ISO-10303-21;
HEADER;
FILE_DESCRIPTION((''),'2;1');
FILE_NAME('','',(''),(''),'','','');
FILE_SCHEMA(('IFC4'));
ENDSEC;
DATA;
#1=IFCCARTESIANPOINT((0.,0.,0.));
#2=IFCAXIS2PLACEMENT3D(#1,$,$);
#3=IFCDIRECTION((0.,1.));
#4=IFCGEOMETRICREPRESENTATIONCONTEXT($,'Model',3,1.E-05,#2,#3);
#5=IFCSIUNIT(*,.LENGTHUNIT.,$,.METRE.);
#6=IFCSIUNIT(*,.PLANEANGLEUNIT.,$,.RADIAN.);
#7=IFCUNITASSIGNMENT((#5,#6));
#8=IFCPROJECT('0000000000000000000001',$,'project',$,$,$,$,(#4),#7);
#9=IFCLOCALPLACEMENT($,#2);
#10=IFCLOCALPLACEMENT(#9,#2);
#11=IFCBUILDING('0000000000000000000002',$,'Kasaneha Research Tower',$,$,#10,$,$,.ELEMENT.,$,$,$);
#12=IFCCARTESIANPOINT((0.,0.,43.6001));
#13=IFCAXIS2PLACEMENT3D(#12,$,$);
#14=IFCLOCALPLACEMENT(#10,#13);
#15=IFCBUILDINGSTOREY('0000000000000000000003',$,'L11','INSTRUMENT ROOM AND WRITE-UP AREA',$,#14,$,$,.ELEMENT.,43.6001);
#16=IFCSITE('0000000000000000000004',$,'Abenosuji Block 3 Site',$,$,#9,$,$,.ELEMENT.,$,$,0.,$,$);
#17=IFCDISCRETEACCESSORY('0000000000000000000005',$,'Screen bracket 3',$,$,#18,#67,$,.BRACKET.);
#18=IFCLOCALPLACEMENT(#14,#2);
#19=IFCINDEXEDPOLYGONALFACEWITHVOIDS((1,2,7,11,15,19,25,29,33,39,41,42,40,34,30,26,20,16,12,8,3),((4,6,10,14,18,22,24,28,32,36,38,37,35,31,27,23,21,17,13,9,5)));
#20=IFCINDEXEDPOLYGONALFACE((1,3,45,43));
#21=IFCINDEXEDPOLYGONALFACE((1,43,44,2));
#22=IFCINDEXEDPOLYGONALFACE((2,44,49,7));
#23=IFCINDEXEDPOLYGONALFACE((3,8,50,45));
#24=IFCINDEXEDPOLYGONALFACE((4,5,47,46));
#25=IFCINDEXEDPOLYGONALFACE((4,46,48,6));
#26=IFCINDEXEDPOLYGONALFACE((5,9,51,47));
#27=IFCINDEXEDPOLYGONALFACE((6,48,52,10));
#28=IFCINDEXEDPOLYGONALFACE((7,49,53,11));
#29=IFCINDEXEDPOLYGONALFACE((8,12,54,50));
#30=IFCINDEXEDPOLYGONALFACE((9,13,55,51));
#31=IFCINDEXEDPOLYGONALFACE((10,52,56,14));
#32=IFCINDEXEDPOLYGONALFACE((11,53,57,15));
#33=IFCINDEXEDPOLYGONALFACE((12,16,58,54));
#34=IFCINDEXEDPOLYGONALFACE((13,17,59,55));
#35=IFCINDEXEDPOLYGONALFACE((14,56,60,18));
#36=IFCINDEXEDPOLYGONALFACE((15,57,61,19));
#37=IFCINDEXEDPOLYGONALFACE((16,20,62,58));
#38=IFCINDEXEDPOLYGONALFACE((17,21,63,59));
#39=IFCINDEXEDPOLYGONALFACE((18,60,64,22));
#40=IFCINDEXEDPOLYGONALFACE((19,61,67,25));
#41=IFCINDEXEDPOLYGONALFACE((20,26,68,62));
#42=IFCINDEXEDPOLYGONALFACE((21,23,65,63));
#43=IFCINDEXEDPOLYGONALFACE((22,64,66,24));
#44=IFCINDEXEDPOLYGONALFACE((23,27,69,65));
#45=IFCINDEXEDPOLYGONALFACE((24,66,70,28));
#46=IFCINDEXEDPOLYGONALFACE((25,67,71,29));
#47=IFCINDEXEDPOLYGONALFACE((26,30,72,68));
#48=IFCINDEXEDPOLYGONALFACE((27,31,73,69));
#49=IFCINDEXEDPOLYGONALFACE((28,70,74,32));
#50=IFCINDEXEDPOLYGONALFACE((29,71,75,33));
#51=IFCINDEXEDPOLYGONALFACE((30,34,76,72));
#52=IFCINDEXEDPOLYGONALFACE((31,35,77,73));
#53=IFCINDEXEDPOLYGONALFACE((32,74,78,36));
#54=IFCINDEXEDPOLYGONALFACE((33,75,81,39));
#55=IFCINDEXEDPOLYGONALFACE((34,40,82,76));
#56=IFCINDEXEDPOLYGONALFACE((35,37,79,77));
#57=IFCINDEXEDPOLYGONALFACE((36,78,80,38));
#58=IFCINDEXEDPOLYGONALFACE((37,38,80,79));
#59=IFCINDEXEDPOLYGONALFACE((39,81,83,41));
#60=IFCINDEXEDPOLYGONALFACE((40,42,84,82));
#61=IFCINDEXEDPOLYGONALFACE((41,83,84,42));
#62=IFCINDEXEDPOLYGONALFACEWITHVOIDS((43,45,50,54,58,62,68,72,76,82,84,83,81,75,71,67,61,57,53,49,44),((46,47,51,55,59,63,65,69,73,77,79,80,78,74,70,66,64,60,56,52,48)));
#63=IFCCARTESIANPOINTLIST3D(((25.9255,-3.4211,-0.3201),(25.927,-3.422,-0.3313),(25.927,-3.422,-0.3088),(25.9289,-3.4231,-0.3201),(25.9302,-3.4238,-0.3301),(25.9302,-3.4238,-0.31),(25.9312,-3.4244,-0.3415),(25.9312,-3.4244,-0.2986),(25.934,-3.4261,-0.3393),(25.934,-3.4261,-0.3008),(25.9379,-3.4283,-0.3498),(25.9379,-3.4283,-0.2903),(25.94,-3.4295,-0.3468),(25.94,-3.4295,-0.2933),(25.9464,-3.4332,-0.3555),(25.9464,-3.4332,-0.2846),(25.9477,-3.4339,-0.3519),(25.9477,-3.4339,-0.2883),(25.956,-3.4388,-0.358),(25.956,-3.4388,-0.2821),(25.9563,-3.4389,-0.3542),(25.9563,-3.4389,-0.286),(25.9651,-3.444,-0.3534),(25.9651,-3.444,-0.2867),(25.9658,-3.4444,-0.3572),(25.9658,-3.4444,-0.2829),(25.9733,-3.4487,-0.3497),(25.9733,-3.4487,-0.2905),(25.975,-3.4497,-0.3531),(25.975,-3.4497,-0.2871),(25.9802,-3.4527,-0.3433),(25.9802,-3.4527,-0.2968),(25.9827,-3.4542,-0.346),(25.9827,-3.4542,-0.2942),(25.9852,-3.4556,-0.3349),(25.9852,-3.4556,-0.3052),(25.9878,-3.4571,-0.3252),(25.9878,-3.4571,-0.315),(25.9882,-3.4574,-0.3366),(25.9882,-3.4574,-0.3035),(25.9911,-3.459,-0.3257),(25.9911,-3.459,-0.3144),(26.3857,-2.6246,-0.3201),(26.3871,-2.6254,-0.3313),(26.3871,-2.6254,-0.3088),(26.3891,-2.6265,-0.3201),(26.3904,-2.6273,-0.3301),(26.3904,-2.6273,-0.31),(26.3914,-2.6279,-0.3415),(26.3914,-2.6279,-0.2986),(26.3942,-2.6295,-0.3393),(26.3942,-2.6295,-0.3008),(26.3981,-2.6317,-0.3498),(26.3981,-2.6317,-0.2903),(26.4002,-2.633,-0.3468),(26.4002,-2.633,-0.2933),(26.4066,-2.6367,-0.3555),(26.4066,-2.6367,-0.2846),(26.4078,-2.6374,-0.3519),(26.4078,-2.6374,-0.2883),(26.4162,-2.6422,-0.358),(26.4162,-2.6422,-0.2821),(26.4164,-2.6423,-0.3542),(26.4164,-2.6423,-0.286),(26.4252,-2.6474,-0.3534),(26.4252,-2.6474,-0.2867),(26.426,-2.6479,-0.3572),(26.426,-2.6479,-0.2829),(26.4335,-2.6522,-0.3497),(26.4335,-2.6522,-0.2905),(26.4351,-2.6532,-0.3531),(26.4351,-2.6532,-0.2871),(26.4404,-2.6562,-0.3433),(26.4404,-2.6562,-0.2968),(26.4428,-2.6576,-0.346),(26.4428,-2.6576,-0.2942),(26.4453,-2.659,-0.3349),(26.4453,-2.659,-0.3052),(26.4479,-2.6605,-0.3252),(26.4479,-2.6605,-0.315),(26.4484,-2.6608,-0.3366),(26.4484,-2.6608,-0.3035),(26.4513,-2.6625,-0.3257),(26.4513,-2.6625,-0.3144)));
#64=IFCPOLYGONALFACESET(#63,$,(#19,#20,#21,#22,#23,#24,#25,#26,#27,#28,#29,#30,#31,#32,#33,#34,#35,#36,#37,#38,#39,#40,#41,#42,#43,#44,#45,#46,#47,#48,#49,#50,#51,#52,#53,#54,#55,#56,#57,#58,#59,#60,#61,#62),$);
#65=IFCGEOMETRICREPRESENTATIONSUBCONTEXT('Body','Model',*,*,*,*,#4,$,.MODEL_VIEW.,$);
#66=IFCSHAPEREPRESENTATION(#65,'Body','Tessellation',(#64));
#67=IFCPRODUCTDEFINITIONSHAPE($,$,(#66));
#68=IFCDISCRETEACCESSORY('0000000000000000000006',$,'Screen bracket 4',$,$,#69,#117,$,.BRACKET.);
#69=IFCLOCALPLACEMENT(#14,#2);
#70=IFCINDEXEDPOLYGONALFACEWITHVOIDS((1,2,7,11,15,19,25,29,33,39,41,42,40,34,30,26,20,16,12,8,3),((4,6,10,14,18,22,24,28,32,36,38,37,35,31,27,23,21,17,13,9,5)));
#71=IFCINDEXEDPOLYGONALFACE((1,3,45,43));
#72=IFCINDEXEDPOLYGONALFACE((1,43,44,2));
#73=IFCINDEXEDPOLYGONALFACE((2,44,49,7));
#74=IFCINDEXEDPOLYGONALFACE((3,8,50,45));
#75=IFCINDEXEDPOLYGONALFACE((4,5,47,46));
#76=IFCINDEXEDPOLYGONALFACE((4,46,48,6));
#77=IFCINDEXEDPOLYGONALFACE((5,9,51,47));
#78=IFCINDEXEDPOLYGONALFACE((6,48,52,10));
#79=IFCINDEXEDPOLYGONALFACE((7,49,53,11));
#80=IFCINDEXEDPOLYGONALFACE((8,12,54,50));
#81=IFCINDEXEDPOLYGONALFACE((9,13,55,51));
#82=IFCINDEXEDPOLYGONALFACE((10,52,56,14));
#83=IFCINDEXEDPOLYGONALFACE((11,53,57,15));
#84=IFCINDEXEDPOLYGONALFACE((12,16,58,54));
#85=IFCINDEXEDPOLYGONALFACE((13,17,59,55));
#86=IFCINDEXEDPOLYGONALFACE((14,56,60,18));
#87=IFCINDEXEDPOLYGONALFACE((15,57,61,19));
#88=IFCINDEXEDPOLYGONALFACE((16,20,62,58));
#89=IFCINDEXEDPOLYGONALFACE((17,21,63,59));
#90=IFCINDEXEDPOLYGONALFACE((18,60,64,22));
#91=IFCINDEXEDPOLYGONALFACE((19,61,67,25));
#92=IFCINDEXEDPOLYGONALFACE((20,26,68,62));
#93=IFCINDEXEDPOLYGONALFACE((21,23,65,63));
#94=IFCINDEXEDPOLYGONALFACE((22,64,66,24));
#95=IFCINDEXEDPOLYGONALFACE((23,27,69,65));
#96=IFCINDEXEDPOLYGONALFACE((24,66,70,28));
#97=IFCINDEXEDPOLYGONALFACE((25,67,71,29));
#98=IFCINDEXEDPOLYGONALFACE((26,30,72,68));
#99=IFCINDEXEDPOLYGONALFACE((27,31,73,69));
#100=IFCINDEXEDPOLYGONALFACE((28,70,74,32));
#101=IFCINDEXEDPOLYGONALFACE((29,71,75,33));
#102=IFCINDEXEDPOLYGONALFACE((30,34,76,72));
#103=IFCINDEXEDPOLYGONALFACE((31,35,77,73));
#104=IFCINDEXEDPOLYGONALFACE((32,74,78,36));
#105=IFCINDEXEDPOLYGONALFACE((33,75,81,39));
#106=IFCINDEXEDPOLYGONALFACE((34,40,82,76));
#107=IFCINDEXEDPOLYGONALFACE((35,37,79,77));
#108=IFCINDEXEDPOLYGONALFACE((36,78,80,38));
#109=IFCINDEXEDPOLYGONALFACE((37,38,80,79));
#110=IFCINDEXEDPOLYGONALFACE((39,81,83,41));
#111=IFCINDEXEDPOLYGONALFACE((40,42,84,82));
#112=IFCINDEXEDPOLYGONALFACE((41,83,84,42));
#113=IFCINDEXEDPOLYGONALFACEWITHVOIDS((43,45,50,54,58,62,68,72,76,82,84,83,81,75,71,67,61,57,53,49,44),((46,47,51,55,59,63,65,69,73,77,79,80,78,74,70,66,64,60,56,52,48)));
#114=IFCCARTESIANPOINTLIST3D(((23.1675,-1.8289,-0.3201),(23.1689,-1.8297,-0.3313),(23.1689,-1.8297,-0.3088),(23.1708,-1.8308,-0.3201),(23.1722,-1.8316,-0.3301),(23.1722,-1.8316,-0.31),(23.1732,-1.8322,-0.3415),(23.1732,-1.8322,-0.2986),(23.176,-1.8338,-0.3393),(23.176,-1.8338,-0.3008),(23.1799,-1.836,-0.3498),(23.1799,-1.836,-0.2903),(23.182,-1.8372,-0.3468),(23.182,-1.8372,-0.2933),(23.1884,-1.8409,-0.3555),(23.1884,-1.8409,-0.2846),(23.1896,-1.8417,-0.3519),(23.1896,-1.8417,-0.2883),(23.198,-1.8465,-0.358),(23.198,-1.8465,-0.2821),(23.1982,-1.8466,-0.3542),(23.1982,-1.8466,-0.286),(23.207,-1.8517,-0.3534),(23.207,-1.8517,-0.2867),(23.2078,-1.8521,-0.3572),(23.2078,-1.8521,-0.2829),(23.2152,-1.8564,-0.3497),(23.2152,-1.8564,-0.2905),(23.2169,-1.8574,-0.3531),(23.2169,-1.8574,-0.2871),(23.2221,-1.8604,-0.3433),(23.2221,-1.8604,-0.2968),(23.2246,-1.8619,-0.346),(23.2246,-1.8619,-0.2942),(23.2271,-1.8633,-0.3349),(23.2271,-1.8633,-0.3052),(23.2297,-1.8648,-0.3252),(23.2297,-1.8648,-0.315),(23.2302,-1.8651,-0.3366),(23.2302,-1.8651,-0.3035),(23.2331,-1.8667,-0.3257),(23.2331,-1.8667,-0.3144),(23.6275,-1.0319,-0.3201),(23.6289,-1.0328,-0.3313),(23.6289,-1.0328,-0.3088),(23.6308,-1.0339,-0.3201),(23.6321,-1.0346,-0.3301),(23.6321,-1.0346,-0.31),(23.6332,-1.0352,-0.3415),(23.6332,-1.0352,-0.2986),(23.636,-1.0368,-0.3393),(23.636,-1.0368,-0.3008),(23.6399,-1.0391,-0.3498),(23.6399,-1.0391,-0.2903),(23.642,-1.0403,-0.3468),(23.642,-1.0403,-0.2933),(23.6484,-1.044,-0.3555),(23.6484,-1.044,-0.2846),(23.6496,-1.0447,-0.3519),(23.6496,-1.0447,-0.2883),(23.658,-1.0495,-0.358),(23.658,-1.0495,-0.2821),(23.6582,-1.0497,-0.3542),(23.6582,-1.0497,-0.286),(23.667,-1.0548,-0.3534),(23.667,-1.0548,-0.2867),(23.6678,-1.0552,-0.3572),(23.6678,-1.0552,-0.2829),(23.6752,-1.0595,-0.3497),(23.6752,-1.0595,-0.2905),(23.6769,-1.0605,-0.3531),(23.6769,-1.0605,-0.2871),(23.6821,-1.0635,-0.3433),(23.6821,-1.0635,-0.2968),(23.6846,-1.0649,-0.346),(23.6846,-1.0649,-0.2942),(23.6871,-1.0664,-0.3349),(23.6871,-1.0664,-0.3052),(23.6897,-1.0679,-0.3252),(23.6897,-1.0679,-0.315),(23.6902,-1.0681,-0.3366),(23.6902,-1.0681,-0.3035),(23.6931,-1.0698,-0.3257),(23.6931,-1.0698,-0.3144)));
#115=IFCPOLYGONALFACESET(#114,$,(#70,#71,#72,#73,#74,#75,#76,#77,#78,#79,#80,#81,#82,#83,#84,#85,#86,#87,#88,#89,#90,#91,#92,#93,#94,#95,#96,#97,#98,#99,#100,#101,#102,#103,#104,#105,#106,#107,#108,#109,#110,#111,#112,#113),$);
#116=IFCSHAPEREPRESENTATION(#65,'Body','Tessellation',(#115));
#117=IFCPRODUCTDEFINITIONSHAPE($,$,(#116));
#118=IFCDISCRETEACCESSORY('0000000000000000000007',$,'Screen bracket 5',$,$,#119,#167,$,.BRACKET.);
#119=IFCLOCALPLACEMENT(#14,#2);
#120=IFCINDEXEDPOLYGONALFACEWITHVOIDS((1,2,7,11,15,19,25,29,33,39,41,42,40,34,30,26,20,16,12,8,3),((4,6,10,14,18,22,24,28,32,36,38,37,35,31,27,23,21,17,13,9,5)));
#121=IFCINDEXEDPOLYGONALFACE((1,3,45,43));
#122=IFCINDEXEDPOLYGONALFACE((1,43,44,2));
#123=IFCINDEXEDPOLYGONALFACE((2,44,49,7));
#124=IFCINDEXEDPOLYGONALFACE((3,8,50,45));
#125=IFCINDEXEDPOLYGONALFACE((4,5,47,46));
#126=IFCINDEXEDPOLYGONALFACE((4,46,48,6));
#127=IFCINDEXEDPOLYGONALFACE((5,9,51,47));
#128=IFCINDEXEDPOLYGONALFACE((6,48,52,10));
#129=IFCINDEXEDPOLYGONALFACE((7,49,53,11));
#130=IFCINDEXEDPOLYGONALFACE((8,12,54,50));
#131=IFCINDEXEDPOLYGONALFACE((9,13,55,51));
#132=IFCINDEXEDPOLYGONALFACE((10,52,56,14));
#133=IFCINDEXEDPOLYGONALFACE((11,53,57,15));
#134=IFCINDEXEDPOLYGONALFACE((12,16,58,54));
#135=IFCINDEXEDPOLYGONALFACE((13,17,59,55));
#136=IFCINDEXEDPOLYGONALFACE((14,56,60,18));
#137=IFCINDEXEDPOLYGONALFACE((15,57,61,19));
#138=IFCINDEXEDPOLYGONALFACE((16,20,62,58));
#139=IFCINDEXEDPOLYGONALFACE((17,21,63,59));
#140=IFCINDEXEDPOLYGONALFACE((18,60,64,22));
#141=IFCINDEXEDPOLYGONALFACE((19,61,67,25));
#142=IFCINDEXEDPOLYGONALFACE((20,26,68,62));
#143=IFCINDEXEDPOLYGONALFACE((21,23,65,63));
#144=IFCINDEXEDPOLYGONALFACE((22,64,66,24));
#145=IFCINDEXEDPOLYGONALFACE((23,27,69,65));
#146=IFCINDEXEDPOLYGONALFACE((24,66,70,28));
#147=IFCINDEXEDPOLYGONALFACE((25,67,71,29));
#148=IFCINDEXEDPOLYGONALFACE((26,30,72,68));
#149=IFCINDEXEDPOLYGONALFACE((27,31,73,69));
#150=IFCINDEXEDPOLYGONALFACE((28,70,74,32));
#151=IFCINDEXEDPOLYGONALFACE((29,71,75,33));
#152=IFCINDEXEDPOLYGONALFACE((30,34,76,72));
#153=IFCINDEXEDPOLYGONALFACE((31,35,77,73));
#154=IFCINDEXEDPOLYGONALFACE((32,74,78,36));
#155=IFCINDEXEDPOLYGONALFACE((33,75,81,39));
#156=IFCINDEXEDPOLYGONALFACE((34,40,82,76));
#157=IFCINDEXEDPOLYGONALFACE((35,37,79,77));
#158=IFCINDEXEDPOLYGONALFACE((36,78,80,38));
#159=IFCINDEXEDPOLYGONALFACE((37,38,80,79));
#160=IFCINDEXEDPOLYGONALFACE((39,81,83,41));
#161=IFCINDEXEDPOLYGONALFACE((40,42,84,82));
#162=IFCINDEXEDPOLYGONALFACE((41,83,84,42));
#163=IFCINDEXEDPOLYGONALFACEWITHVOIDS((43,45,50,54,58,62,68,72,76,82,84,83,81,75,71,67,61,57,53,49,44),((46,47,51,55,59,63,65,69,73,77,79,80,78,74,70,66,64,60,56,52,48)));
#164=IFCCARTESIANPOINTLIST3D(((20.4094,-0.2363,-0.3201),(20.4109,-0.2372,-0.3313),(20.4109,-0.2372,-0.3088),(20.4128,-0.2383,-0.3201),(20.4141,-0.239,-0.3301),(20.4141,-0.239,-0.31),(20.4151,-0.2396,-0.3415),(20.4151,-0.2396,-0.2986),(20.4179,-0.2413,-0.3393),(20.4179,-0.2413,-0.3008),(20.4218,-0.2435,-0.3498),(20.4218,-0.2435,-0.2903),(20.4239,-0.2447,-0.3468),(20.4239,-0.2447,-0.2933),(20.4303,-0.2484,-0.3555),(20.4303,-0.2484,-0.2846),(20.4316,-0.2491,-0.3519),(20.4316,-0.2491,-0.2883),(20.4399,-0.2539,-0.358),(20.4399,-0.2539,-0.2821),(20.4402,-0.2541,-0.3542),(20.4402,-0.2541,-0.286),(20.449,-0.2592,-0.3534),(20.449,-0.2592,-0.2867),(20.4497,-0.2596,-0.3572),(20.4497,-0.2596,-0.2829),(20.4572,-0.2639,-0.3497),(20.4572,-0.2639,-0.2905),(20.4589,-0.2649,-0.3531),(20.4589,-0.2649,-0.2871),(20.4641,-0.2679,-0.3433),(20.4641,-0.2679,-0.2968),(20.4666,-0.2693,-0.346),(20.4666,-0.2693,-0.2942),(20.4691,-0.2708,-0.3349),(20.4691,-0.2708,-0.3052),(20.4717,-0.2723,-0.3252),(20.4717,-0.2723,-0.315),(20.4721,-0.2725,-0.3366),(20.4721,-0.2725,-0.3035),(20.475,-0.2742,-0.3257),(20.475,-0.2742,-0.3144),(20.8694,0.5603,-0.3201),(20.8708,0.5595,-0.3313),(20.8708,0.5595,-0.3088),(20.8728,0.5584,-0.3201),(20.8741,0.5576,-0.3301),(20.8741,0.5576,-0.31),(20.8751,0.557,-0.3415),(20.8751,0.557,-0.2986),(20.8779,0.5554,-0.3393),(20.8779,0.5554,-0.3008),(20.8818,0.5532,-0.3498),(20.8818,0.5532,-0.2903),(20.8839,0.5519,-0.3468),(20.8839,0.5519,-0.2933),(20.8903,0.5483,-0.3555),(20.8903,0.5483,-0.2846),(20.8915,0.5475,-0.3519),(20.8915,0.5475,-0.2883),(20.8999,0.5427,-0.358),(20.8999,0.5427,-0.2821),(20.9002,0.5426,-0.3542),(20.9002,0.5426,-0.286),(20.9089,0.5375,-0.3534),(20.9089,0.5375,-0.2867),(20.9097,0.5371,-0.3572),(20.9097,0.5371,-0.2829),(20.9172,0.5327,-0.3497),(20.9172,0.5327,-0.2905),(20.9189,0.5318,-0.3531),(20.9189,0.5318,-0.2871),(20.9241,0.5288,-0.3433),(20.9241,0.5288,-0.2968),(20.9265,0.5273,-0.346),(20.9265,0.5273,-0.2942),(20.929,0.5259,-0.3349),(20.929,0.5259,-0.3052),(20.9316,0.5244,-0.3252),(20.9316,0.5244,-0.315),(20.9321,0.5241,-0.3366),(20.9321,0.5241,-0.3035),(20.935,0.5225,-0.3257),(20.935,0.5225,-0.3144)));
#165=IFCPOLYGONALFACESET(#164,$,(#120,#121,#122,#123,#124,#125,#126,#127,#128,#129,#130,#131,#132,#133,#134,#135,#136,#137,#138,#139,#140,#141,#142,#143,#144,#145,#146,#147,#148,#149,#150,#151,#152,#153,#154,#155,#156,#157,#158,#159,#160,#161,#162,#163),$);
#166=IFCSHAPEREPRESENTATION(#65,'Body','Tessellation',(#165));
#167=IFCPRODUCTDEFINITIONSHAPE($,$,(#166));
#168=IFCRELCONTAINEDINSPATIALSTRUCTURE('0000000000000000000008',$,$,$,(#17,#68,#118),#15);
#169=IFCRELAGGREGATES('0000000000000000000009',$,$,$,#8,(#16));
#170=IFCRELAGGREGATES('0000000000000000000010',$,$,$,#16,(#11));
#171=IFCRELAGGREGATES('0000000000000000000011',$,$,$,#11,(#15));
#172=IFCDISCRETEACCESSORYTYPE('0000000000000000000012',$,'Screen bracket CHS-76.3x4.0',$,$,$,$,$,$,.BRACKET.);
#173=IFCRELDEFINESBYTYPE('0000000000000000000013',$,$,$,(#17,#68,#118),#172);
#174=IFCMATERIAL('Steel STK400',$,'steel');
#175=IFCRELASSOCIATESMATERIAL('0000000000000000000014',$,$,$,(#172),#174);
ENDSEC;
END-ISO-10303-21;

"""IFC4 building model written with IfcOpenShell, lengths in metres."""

from ifc_helpers import new_model, si_unit, direction, frame, origin, origin_2d, place, context, subcontext, project, spatial, hollow_circle, extrude, material, material_profile, profile_set, type_object, element, save


model = new_model("IFC4")

# Units and contexts
model_context = context("Model", 3, precision=1e-05, world=origin(), true_north=direction((0.0, 1.0)))
body_context = subcontext(model_context, "Body", "Model", "MODEL_VIEW")
ifc_project = project(units=[si_unit("LENGTHUNIT", "METRE"), si_unit("PLANEANGLEUNIT", "RADIAN")], contexts=[model_context])

# Site, building, storey
site_placement = place(None, origin())
site = spatial("IfcSite", under=ifc_project, at=site_placement, Name="Abenosuji Block 3 Site", CompositionType="ELEMENT", RefElevation=0.0)
building_placement = place(site_placement, origin())
building = spatial("IfcBuilding", under=site, at=building_placement, Name="Kasaneha Research Tower", CompositionType="ELEMENT")
storey_placement = place(building_placement, frame((0.0, 0.0, 43.6001)))
storey = spatial("IfcBuildingStorey", under=building, at=storey_placement, Name="L11", Description="INSTRUMENT ROOM AND WRITE-UP AREA", CompositionType="ELEMENT", Elevation=43.6001)

# Discrete accessories
ifc_material_1 = material(Name="Steel STK400", Category="steel")
ifc_material_profile_1 = material_profile(ifc_material_1, hollow_circle(Radius=0.0381, WallThickness=0.0039, at=origin_2d()), Name="CHS-76.3x4.0")
ifc_profile_set_1 = profile_set([ifc_material_profile_1], Name="Steel STK400")
discrete_accessory_type = type_object("IfcDiscreteAccessoryType", Name="Screen bracket CHS-76.3x4.0", PredefinedType="BRACKET", material=ifc_profile_set_1)
discrete_accessory_1_placement = place(storey_placement, frame((25.9585, -3.4402, -0.3201), z_axis=(0.50022, 0.865898, 0.0), x_axis=(-0.865898, 0.50022, 0.0)))
element("IfcDiscreteAccessory", 1, at=discrete_accessory_1_placement, inside=storey, type_object=discrete_accessory_type, Name="Screen bracket 3", PredefinedType="BRACKET", context=body_context, shape_type="SweptSolid", body=[
    extrude(hollow_circle(Radius=0.0381, WallThickness=0.0039, at=origin_2d()), origin(), (0.0, 0.0, 1.0), 0.9199),
])
discrete_accessory_2_placement = place(storey_placement, frame((23.2004, -1.8479, -0.3201), z_axis=(0.499906, 0.86608, 0.0), x_axis=(-0.86608, 0.499906, 0.0)))
element("IfcDiscreteAccessory", 2, at=discrete_accessory_2_placement, inside=storey, type_object=discrete_accessory_type, Name="Screen bracket 4", PredefinedType="BRACKET", context=body_context, shape_type="SweptSolid", body=[
    extrude(hollow_circle(Radius=0.0381, WallThickness=0.0039, at=origin_2d()), origin(), (0.0, 0.0, 1.0), 0.9202),
])
discrete_accessory_3_placement = place(storey_placement, frame((20.4424, -0.2554, -0.3201), z_axis=(0.500021, 0.866013, 0.0), x_axis=(-0.866013, 0.500021, 0.0)))
element("IfcDiscreteAccessory", 3, at=discrete_accessory_3_placement, inside=storey, type_object=discrete_accessory_type, Name="Screen bracket 5", PredefinedType="BRACKET", context=body_context, shape_type="SweptSolid", body=[
    extrude(hollow_circle(Radius=0.0381, WallThickness=0.0039, at=origin_2d()), origin(), (0.0, 0.0, 1.0), 0.9199),
])

save(model, "model.ifc")
